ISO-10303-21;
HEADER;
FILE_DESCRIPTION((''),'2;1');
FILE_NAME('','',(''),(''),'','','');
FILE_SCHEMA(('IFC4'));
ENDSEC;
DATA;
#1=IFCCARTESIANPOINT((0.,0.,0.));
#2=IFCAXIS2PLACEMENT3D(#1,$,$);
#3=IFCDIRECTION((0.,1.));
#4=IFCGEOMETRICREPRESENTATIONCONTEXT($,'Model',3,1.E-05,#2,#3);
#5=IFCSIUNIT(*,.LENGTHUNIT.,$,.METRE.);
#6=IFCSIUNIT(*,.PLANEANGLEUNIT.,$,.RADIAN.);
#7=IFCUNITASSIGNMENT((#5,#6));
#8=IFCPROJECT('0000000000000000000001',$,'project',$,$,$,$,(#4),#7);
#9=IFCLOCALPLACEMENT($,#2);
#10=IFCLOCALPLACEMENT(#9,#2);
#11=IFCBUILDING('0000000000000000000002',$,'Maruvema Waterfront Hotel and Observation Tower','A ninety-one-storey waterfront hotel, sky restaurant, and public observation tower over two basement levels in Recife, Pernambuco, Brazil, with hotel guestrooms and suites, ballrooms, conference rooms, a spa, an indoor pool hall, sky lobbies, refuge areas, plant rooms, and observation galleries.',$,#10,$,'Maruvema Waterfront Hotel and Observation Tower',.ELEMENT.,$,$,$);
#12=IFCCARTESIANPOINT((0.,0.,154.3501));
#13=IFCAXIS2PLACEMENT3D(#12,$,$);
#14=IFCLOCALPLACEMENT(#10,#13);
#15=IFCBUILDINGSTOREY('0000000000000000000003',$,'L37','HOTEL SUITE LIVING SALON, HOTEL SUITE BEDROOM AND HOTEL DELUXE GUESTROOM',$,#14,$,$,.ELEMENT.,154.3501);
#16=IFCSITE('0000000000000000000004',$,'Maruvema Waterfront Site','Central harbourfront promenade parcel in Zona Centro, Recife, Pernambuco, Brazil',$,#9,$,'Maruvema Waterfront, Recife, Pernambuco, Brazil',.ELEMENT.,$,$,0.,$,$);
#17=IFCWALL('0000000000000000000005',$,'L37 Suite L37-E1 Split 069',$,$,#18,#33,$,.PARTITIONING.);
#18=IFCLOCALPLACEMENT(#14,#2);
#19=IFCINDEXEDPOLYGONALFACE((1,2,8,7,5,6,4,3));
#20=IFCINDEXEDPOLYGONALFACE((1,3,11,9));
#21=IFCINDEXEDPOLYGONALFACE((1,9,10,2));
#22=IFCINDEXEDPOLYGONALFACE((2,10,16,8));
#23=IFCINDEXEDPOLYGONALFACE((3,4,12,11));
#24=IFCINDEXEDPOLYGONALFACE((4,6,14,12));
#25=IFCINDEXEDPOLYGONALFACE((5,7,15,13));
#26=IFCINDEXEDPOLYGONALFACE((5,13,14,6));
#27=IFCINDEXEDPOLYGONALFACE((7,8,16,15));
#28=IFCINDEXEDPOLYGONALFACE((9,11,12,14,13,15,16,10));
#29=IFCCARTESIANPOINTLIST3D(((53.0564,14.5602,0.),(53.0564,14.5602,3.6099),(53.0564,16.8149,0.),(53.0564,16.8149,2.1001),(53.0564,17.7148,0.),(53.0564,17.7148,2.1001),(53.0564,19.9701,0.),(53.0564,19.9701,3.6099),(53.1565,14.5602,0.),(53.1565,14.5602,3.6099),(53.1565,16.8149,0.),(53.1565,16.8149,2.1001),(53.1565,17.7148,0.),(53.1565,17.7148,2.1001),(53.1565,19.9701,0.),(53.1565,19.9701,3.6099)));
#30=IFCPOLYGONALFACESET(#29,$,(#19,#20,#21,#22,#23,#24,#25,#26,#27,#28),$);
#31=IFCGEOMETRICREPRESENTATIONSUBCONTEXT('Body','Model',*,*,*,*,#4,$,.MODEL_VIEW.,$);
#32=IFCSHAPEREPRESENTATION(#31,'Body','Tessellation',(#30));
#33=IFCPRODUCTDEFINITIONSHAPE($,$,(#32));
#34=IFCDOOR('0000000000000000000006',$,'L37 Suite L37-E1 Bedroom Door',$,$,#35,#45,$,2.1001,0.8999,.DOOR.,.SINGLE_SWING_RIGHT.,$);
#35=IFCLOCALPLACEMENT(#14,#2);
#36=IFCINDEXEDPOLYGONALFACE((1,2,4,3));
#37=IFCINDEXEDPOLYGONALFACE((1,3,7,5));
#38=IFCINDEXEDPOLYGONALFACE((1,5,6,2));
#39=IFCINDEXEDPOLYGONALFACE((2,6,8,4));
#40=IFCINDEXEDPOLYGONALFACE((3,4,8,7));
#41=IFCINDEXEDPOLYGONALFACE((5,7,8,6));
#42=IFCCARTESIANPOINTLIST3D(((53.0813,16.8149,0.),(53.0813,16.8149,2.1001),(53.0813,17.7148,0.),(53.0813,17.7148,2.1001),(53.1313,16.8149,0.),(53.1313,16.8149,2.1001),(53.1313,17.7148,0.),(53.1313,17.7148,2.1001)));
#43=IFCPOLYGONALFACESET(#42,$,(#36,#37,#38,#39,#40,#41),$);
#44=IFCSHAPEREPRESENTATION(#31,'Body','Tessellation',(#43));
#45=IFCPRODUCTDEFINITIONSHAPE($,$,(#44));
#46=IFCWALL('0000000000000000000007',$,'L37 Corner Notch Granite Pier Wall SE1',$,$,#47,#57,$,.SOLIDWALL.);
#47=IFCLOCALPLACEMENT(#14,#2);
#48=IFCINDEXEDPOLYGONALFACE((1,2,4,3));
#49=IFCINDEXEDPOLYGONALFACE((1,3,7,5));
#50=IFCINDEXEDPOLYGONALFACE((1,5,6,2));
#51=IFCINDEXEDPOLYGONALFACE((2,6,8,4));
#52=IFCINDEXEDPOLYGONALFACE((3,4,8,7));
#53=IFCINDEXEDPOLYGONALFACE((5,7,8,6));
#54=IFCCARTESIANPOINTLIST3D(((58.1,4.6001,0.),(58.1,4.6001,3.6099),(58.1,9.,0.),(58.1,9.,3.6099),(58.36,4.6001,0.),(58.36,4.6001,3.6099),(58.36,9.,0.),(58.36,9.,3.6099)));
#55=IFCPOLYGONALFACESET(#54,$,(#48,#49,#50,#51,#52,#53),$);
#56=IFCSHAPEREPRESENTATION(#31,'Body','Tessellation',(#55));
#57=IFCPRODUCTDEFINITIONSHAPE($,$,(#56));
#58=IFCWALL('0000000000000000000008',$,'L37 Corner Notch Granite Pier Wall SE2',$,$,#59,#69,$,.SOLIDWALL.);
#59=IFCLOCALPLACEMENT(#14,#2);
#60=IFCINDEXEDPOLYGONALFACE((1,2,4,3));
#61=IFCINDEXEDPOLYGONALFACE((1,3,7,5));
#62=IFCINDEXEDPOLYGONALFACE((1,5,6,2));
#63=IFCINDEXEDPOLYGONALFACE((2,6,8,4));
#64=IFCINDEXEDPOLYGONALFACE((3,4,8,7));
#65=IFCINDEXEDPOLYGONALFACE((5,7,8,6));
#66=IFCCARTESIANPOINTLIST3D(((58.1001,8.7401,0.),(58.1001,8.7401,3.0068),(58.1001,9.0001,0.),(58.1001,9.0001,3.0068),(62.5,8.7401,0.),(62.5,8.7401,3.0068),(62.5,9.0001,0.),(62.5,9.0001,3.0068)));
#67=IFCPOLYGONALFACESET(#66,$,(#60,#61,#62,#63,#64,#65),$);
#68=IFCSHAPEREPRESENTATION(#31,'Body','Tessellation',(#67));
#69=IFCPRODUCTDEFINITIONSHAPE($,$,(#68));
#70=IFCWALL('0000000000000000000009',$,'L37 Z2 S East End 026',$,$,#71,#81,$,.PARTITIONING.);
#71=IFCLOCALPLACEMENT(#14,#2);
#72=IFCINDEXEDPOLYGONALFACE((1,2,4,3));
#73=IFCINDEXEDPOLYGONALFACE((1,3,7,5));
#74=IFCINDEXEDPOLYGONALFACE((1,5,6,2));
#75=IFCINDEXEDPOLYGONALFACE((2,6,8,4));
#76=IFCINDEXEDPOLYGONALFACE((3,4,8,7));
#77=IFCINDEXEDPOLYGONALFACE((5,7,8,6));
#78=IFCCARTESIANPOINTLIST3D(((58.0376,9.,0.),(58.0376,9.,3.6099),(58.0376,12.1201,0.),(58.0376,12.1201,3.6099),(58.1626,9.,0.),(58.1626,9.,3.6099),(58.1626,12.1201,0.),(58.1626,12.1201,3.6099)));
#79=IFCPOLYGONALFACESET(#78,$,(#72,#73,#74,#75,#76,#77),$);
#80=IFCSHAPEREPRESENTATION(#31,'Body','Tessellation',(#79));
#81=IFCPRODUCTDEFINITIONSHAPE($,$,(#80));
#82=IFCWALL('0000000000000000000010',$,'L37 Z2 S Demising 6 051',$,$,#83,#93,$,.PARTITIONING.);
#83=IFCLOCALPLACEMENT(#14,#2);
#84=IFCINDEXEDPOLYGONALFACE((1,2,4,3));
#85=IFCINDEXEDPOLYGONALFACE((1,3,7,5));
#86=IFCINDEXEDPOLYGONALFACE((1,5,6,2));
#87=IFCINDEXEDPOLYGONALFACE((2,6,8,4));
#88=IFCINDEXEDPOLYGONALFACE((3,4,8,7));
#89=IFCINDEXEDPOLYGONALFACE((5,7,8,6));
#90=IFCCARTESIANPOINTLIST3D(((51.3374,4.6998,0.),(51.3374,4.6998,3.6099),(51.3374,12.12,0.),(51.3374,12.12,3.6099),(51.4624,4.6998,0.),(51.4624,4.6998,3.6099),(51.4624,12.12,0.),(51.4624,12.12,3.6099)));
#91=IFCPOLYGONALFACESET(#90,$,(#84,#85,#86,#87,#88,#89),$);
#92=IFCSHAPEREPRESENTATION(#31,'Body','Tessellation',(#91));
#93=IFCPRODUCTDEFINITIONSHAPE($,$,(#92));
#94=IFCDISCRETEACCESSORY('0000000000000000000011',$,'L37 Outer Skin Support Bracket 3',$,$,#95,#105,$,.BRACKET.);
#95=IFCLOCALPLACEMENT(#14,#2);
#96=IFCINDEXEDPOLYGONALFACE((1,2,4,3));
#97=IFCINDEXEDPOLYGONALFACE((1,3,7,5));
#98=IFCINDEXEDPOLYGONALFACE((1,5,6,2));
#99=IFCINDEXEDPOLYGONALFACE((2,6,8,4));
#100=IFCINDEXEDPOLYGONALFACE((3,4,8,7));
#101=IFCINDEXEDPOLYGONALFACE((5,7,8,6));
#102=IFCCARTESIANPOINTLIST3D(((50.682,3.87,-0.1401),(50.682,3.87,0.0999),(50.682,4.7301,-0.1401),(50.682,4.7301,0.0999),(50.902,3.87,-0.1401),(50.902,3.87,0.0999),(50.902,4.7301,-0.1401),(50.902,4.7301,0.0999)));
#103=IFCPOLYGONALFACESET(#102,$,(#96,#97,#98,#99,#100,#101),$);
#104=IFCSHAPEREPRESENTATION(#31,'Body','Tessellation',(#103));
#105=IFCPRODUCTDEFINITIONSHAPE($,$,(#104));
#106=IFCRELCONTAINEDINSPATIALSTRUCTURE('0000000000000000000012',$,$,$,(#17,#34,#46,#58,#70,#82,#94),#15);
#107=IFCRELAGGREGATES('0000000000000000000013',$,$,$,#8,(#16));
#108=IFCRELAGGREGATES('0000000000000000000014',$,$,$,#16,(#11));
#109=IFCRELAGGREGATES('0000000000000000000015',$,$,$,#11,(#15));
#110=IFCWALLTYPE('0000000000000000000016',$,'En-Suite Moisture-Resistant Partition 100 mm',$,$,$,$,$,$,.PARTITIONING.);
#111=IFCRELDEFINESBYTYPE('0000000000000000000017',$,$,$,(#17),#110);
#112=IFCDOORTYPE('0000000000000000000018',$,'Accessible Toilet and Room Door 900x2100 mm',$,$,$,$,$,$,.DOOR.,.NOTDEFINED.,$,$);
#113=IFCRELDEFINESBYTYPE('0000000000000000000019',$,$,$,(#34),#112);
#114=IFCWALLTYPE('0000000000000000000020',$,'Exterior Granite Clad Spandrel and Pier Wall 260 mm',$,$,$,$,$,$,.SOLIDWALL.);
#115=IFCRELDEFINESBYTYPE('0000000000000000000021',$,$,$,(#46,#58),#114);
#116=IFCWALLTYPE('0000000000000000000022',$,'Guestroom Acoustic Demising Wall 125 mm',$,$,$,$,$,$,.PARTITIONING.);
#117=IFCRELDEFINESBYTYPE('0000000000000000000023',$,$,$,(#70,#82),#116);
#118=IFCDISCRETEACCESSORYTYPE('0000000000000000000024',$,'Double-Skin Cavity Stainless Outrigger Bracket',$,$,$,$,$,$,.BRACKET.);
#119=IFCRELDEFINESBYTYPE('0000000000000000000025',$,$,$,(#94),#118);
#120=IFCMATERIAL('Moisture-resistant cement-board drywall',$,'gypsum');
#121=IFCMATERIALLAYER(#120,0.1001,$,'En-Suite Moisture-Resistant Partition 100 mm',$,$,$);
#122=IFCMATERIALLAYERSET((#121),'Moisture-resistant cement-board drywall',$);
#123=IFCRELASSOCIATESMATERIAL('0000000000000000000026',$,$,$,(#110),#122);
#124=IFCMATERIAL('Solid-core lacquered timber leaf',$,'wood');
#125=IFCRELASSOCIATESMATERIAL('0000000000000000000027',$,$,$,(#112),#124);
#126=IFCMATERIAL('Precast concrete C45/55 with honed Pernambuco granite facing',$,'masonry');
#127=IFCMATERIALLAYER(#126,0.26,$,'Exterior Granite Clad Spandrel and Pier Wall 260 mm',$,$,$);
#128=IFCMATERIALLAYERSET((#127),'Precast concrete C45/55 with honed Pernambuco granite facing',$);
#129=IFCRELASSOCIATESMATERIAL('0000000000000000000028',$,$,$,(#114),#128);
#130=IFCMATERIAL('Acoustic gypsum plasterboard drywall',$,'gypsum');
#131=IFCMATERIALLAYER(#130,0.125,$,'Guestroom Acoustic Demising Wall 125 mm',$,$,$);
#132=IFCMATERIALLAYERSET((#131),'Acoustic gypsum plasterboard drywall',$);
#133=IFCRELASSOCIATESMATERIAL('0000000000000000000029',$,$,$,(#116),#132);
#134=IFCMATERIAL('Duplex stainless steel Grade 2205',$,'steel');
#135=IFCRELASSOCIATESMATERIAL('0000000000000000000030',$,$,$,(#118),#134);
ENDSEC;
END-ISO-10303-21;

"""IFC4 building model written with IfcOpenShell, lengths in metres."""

from ifc_helpers import new_model, si_unit, direction, frame, frame_2d, origin, origin_2d, place, context, subcontext, project, spatial, rectangle, extrude, material, layer, layer_set, type_object, element, fill, save


model = new_model("IFC4")

# Units and contexts
model_context = context("Model", 3, precision=1e-05, world=origin(), true_north=direction((0.0, 1.0)))
body_context = subcontext(model_context, "Body", "Model", "MODEL_VIEW")
ifc_project = project(units=[si_unit("LENGTHUNIT", "METRE"), si_unit("PLANEANGLEUNIT", "RADIAN")], contexts=[model_context])

# Site, building, storey
site_placement = place(None, origin())
site = spatial("IfcSite", under=ifc_project, at=site_placement, Name="Maruvema Waterfront Site", Description="Central harbourfront promenade parcel in Zona Centro, Recife, Pernambuco, Brazil", LongName="Maruvema Waterfront, Recife, Pernambuco, Brazil", CompositionType="ELEMENT", RefElevation=0.0)
building_placement = place(site_placement, origin())
building = spatial("IfcBuilding", under=site, at=building_placement, Name="Maruvema Waterfront Hotel and Observation Tower", Description="A ninety-one-storey waterfront hotel, sky restaurant, and public observation tower over two basement levels in Recife, Pernambuco, Brazil, with hotel guestrooms and suites, ballrooms, conference rooms, a spa, an indoor pool hall, sky lobbies, refuge areas, plant rooms, and observation galleries.", LongName="Maruvema Waterfront Hotel and Observation Tower", CompositionType="ELEMENT")
storey_placement = place(building_placement, frame((0.0, 0.0, 154.3501)))
storey = spatial("IfcBuildingStorey", under=building, at=storey_placement, Name="L37", Description="HOTEL SUITE LIVING SALON, HOTEL SUITE BEDROOM AND HOTEL DELUXE GUESTROOM", CompositionType="ELEMENT", Elevation=154.3501)

# Shared definitions
ifc_material_1 = material(Name="Moisture-resistant cement-board drywall", Category="gypsum")
ifc_layer_1 = layer(ifc_material_1, 0.1001, Name="En-Suite Moisture-Resistant Partition 100 mm")
ifc_layer_set_1 = layer_set([ifc_layer_1], Name="Moisture-resistant cement-board drywall")
wall_type_1 = type_object("IfcWallType", Name="En-Suite Moisture-Resistant Partition 100 mm", PredefinedType="PARTITIONING", material=ifc_layer_set_1)

# Wall, opening, door
wall_1_placement = place(storey_placement, frame((53.1064, 14.5601, 0.0), z_axis=(0.0, 0.0, 1.0), x_axis=(0.0, 1.0, 0.0)))
wall_1 = element("IfcWall", 1, at=wall_1_placement, inside=storey, type_object=wall_type_1, Name="L37 Suite L37-E1 Split 069", PredefinedType="PARTITIONING", context=body_context, shape_type="SweptSolid", body=[
    extrude(rectangle(XDim=5.4099, YDim=0.1001, at=frame_2d((2.7051, 0.0))), origin(), (0.0, 0.0, 1.0), 3.6099),
])
opening_1_placement = place(wall_1_placement, frame((2.2549, 0.0, 0.0)))
opening_1 = element("IfcOpeningElement", 2, at=opening_1_placement, cuts=wall_1, PredefinedType="OPENING", context=body_context, shape_type="SweptSolid", body=[
    extrude(rectangle(XDim=0.8999, YDim=2.1001, at=frame_2d((0.45, 1.05))), frame((0.0, 0.0601, 0.0), z_axis=(0.0, -1.0, 0.0), x_axis=(1.0, 0.0, 0.0)), (0.0, 0.0, 1.0), 0.1201),
])
ifc_material_2 = material(Name="Solid-core lacquered timber leaf", Category="wood")
door_type_1 = type_object("IfcDoorType", Name="Accessible Toilet and Room Door 900x2100 mm", OperationType="NOTDEFINED", PredefinedType="DOOR", material=ifc_material_2)
door_1_placement = place(opening_1_placement, frame((0.8999, 0.0, 0.0), z_axis=(0.0, 0.0, 1.0), x_axis=(-1.0, 0.0, 0.0)))
door_1 = element("IfcDoor", 3, at=door_1_placement, inside=storey, type_object=door_type_1, Name="L37 Suite L37-E1 Bedroom Door", OperationType="SINGLE_SWING_RIGHT", OverallHeight=2.1001, OverallWidth=0.8999, PredefinedType="DOOR", context=body_context, shape_type="SweptSolid", body=[
    extrude(rectangle(XDim=0.8999, YDim=2.1001, at=frame_2d((0.45, 1.05))), frame((0.0, 0.0249, 0.0), z_axis=(0.0, -1.0, 0.0), x_axis=(1.0, 0.0, 0.0)), (0.0, 0.0, 1.0), 0.05),
])
fill(opening_1, door_1)

# Walls
ifc_material_3 = material(Name="Precast concrete C45/55 with honed Pernambuco granite facing", Category="masonry")
ifc_layer_2 = layer(ifc_material_3, 0.26, Name="Exterior Granite Clad Spandrel and Pier Wall 260 mm")
ifc_layer_set_2 = layer_set([ifc_layer_2], Name="Precast concrete C45/55 with honed Pernambuco granite facing")
wall_type_2 = type_object("IfcWallType", Name="Exterior Granite Clad Spandrel and Pier Wall 260 mm", PredefinedType="SOLIDWALL", material=ifc_layer_set_2)
wall_2_placement = place(storey_placement, frame((58.23, 9.0, 0.0), z_axis=(0.0, 0.0, 1.0), x_axis=(0.0, -1.0, 0.0)))
element("IfcWall", 4, at=wall_2_placement, inside=storey, type_object=wall_type_2, Name="L37 Corner Notch Granite Pier Wall SE1", PredefinedType="SOLIDWALL", context=body_context, shape_type="SweptSolid", body=[
    extrude(rectangle(XDim=4.3999, YDim=0.26, at=frame_2d((2.2, 0.0))), origin(), (0.0, 0.0, 1.0), 3.6099),
])
wall_3_placement = place(storey_placement, frame((62.5, 8.8701, 0.0), z_axis=(0.0, 0.0, 1.0), x_axis=(-1.0, 0.0, 0.0)))
element("IfcWall", 5, at=wall_3_placement, inside=storey, type_object=wall_type_2, Name="L37 Corner Notch Granite Pier Wall SE2", PredefinedType="SOLIDWALL", context=body_context, shape_type="SweptSolid", body=[
    extrude(rectangle(XDim=4.3999, YDim=0.26, at=frame_2d((2.2, 0.0))), origin(), (0.0, 0.0, 1.0), 3.0068),
])
ifc_material_4 = material(Name="Acoustic gypsum plasterboard drywall", Category="gypsum")
ifc_layer_3 = layer(ifc_material_4, 0.125, Name="Guestroom Acoustic Demising Wall 125 mm")
ifc_layer_set_3 = layer_set([ifc_layer_3], Name="Acoustic gypsum plasterboard drywall")
wall_type_3 = type_object("IfcWallType", Name="Guestroom Acoustic Demising Wall 125 mm", PredefinedType="PARTITIONING", material=ifc_layer_set_3)
wall_4_placement = place(storey_placement, frame((58.1001, 9.0, 0.0), z_axis=(0.0, 0.0, 1.0), x_axis=(0.0, 1.0, 0.0)))
element("IfcWall", 6, at=wall_4_placement, inside=storey, type_object=wall_type_3, Name="L37 Z2 S East End 026", PredefinedType="PARTITIONING", context=body_context, shape_type="SweptSolid", body=[
    extrude(rectangle(XDim=3.1201, YDim=0.125, at=frame_2d((1.5601, 0.0))), origin(), (0.0, 0.0, 1.0), 3.6099),
])
wall_5_placement = place(storey_placement, frame((51.3999, 4.7, 0.0), z_axis=(0.0, 0.0, 1.0), x_axis=(0.0, 1.0, 0.0)))
element("IfcWall", 7, at=wall_5_placement, inside=storey, type_object=wall_type_3, Name="L37 Z2 S Demising 6 051", PredefinedType="PARTITIONING", context=body_context, shape_type="SweptSolid", body=[
    extrude(rectangle(XDim=7.4202, YDim=0.125, at=frame_2d((3.71, 0.0))), origin(), (0.0, 0.0, 1.0), 3.6099),
])

# Discrete accessory
ifc_material_5 = material(Name="Duplex stainless steel Grade 2205", Category="steel")
discrete_accessory_type = type_object("IfcDiscreteAccessoryType", Name="Double-Skin Cavity Stainless Outrigger Bracket", PredefinedType="BRACKET", material=ifc_material_5)
discrete_accessory_placement = place(storey_placement, frame((50.792, 4.3, -0.1401), z_axis=(0.0, 0.0, 1.0), x_axis=(1.0, 0.0, 0.0)))
element("IfcDiscreteAccessory", 8, at=discrete_accessory_placement, inside=storey, type_object=discrete_accessory_type, Name="L37 Outer Skin Support Bracket 3", PredefinedType="BRACKET", context=body_context, shape_type="SweptSolid", body=[
    extrude(rectangle(XDim=0.22, YDim=0.8601, at=origin_2d()), origin(), (0.0, 0.0, 1.0), 0.24),
])

save(model, "model.ifc")
